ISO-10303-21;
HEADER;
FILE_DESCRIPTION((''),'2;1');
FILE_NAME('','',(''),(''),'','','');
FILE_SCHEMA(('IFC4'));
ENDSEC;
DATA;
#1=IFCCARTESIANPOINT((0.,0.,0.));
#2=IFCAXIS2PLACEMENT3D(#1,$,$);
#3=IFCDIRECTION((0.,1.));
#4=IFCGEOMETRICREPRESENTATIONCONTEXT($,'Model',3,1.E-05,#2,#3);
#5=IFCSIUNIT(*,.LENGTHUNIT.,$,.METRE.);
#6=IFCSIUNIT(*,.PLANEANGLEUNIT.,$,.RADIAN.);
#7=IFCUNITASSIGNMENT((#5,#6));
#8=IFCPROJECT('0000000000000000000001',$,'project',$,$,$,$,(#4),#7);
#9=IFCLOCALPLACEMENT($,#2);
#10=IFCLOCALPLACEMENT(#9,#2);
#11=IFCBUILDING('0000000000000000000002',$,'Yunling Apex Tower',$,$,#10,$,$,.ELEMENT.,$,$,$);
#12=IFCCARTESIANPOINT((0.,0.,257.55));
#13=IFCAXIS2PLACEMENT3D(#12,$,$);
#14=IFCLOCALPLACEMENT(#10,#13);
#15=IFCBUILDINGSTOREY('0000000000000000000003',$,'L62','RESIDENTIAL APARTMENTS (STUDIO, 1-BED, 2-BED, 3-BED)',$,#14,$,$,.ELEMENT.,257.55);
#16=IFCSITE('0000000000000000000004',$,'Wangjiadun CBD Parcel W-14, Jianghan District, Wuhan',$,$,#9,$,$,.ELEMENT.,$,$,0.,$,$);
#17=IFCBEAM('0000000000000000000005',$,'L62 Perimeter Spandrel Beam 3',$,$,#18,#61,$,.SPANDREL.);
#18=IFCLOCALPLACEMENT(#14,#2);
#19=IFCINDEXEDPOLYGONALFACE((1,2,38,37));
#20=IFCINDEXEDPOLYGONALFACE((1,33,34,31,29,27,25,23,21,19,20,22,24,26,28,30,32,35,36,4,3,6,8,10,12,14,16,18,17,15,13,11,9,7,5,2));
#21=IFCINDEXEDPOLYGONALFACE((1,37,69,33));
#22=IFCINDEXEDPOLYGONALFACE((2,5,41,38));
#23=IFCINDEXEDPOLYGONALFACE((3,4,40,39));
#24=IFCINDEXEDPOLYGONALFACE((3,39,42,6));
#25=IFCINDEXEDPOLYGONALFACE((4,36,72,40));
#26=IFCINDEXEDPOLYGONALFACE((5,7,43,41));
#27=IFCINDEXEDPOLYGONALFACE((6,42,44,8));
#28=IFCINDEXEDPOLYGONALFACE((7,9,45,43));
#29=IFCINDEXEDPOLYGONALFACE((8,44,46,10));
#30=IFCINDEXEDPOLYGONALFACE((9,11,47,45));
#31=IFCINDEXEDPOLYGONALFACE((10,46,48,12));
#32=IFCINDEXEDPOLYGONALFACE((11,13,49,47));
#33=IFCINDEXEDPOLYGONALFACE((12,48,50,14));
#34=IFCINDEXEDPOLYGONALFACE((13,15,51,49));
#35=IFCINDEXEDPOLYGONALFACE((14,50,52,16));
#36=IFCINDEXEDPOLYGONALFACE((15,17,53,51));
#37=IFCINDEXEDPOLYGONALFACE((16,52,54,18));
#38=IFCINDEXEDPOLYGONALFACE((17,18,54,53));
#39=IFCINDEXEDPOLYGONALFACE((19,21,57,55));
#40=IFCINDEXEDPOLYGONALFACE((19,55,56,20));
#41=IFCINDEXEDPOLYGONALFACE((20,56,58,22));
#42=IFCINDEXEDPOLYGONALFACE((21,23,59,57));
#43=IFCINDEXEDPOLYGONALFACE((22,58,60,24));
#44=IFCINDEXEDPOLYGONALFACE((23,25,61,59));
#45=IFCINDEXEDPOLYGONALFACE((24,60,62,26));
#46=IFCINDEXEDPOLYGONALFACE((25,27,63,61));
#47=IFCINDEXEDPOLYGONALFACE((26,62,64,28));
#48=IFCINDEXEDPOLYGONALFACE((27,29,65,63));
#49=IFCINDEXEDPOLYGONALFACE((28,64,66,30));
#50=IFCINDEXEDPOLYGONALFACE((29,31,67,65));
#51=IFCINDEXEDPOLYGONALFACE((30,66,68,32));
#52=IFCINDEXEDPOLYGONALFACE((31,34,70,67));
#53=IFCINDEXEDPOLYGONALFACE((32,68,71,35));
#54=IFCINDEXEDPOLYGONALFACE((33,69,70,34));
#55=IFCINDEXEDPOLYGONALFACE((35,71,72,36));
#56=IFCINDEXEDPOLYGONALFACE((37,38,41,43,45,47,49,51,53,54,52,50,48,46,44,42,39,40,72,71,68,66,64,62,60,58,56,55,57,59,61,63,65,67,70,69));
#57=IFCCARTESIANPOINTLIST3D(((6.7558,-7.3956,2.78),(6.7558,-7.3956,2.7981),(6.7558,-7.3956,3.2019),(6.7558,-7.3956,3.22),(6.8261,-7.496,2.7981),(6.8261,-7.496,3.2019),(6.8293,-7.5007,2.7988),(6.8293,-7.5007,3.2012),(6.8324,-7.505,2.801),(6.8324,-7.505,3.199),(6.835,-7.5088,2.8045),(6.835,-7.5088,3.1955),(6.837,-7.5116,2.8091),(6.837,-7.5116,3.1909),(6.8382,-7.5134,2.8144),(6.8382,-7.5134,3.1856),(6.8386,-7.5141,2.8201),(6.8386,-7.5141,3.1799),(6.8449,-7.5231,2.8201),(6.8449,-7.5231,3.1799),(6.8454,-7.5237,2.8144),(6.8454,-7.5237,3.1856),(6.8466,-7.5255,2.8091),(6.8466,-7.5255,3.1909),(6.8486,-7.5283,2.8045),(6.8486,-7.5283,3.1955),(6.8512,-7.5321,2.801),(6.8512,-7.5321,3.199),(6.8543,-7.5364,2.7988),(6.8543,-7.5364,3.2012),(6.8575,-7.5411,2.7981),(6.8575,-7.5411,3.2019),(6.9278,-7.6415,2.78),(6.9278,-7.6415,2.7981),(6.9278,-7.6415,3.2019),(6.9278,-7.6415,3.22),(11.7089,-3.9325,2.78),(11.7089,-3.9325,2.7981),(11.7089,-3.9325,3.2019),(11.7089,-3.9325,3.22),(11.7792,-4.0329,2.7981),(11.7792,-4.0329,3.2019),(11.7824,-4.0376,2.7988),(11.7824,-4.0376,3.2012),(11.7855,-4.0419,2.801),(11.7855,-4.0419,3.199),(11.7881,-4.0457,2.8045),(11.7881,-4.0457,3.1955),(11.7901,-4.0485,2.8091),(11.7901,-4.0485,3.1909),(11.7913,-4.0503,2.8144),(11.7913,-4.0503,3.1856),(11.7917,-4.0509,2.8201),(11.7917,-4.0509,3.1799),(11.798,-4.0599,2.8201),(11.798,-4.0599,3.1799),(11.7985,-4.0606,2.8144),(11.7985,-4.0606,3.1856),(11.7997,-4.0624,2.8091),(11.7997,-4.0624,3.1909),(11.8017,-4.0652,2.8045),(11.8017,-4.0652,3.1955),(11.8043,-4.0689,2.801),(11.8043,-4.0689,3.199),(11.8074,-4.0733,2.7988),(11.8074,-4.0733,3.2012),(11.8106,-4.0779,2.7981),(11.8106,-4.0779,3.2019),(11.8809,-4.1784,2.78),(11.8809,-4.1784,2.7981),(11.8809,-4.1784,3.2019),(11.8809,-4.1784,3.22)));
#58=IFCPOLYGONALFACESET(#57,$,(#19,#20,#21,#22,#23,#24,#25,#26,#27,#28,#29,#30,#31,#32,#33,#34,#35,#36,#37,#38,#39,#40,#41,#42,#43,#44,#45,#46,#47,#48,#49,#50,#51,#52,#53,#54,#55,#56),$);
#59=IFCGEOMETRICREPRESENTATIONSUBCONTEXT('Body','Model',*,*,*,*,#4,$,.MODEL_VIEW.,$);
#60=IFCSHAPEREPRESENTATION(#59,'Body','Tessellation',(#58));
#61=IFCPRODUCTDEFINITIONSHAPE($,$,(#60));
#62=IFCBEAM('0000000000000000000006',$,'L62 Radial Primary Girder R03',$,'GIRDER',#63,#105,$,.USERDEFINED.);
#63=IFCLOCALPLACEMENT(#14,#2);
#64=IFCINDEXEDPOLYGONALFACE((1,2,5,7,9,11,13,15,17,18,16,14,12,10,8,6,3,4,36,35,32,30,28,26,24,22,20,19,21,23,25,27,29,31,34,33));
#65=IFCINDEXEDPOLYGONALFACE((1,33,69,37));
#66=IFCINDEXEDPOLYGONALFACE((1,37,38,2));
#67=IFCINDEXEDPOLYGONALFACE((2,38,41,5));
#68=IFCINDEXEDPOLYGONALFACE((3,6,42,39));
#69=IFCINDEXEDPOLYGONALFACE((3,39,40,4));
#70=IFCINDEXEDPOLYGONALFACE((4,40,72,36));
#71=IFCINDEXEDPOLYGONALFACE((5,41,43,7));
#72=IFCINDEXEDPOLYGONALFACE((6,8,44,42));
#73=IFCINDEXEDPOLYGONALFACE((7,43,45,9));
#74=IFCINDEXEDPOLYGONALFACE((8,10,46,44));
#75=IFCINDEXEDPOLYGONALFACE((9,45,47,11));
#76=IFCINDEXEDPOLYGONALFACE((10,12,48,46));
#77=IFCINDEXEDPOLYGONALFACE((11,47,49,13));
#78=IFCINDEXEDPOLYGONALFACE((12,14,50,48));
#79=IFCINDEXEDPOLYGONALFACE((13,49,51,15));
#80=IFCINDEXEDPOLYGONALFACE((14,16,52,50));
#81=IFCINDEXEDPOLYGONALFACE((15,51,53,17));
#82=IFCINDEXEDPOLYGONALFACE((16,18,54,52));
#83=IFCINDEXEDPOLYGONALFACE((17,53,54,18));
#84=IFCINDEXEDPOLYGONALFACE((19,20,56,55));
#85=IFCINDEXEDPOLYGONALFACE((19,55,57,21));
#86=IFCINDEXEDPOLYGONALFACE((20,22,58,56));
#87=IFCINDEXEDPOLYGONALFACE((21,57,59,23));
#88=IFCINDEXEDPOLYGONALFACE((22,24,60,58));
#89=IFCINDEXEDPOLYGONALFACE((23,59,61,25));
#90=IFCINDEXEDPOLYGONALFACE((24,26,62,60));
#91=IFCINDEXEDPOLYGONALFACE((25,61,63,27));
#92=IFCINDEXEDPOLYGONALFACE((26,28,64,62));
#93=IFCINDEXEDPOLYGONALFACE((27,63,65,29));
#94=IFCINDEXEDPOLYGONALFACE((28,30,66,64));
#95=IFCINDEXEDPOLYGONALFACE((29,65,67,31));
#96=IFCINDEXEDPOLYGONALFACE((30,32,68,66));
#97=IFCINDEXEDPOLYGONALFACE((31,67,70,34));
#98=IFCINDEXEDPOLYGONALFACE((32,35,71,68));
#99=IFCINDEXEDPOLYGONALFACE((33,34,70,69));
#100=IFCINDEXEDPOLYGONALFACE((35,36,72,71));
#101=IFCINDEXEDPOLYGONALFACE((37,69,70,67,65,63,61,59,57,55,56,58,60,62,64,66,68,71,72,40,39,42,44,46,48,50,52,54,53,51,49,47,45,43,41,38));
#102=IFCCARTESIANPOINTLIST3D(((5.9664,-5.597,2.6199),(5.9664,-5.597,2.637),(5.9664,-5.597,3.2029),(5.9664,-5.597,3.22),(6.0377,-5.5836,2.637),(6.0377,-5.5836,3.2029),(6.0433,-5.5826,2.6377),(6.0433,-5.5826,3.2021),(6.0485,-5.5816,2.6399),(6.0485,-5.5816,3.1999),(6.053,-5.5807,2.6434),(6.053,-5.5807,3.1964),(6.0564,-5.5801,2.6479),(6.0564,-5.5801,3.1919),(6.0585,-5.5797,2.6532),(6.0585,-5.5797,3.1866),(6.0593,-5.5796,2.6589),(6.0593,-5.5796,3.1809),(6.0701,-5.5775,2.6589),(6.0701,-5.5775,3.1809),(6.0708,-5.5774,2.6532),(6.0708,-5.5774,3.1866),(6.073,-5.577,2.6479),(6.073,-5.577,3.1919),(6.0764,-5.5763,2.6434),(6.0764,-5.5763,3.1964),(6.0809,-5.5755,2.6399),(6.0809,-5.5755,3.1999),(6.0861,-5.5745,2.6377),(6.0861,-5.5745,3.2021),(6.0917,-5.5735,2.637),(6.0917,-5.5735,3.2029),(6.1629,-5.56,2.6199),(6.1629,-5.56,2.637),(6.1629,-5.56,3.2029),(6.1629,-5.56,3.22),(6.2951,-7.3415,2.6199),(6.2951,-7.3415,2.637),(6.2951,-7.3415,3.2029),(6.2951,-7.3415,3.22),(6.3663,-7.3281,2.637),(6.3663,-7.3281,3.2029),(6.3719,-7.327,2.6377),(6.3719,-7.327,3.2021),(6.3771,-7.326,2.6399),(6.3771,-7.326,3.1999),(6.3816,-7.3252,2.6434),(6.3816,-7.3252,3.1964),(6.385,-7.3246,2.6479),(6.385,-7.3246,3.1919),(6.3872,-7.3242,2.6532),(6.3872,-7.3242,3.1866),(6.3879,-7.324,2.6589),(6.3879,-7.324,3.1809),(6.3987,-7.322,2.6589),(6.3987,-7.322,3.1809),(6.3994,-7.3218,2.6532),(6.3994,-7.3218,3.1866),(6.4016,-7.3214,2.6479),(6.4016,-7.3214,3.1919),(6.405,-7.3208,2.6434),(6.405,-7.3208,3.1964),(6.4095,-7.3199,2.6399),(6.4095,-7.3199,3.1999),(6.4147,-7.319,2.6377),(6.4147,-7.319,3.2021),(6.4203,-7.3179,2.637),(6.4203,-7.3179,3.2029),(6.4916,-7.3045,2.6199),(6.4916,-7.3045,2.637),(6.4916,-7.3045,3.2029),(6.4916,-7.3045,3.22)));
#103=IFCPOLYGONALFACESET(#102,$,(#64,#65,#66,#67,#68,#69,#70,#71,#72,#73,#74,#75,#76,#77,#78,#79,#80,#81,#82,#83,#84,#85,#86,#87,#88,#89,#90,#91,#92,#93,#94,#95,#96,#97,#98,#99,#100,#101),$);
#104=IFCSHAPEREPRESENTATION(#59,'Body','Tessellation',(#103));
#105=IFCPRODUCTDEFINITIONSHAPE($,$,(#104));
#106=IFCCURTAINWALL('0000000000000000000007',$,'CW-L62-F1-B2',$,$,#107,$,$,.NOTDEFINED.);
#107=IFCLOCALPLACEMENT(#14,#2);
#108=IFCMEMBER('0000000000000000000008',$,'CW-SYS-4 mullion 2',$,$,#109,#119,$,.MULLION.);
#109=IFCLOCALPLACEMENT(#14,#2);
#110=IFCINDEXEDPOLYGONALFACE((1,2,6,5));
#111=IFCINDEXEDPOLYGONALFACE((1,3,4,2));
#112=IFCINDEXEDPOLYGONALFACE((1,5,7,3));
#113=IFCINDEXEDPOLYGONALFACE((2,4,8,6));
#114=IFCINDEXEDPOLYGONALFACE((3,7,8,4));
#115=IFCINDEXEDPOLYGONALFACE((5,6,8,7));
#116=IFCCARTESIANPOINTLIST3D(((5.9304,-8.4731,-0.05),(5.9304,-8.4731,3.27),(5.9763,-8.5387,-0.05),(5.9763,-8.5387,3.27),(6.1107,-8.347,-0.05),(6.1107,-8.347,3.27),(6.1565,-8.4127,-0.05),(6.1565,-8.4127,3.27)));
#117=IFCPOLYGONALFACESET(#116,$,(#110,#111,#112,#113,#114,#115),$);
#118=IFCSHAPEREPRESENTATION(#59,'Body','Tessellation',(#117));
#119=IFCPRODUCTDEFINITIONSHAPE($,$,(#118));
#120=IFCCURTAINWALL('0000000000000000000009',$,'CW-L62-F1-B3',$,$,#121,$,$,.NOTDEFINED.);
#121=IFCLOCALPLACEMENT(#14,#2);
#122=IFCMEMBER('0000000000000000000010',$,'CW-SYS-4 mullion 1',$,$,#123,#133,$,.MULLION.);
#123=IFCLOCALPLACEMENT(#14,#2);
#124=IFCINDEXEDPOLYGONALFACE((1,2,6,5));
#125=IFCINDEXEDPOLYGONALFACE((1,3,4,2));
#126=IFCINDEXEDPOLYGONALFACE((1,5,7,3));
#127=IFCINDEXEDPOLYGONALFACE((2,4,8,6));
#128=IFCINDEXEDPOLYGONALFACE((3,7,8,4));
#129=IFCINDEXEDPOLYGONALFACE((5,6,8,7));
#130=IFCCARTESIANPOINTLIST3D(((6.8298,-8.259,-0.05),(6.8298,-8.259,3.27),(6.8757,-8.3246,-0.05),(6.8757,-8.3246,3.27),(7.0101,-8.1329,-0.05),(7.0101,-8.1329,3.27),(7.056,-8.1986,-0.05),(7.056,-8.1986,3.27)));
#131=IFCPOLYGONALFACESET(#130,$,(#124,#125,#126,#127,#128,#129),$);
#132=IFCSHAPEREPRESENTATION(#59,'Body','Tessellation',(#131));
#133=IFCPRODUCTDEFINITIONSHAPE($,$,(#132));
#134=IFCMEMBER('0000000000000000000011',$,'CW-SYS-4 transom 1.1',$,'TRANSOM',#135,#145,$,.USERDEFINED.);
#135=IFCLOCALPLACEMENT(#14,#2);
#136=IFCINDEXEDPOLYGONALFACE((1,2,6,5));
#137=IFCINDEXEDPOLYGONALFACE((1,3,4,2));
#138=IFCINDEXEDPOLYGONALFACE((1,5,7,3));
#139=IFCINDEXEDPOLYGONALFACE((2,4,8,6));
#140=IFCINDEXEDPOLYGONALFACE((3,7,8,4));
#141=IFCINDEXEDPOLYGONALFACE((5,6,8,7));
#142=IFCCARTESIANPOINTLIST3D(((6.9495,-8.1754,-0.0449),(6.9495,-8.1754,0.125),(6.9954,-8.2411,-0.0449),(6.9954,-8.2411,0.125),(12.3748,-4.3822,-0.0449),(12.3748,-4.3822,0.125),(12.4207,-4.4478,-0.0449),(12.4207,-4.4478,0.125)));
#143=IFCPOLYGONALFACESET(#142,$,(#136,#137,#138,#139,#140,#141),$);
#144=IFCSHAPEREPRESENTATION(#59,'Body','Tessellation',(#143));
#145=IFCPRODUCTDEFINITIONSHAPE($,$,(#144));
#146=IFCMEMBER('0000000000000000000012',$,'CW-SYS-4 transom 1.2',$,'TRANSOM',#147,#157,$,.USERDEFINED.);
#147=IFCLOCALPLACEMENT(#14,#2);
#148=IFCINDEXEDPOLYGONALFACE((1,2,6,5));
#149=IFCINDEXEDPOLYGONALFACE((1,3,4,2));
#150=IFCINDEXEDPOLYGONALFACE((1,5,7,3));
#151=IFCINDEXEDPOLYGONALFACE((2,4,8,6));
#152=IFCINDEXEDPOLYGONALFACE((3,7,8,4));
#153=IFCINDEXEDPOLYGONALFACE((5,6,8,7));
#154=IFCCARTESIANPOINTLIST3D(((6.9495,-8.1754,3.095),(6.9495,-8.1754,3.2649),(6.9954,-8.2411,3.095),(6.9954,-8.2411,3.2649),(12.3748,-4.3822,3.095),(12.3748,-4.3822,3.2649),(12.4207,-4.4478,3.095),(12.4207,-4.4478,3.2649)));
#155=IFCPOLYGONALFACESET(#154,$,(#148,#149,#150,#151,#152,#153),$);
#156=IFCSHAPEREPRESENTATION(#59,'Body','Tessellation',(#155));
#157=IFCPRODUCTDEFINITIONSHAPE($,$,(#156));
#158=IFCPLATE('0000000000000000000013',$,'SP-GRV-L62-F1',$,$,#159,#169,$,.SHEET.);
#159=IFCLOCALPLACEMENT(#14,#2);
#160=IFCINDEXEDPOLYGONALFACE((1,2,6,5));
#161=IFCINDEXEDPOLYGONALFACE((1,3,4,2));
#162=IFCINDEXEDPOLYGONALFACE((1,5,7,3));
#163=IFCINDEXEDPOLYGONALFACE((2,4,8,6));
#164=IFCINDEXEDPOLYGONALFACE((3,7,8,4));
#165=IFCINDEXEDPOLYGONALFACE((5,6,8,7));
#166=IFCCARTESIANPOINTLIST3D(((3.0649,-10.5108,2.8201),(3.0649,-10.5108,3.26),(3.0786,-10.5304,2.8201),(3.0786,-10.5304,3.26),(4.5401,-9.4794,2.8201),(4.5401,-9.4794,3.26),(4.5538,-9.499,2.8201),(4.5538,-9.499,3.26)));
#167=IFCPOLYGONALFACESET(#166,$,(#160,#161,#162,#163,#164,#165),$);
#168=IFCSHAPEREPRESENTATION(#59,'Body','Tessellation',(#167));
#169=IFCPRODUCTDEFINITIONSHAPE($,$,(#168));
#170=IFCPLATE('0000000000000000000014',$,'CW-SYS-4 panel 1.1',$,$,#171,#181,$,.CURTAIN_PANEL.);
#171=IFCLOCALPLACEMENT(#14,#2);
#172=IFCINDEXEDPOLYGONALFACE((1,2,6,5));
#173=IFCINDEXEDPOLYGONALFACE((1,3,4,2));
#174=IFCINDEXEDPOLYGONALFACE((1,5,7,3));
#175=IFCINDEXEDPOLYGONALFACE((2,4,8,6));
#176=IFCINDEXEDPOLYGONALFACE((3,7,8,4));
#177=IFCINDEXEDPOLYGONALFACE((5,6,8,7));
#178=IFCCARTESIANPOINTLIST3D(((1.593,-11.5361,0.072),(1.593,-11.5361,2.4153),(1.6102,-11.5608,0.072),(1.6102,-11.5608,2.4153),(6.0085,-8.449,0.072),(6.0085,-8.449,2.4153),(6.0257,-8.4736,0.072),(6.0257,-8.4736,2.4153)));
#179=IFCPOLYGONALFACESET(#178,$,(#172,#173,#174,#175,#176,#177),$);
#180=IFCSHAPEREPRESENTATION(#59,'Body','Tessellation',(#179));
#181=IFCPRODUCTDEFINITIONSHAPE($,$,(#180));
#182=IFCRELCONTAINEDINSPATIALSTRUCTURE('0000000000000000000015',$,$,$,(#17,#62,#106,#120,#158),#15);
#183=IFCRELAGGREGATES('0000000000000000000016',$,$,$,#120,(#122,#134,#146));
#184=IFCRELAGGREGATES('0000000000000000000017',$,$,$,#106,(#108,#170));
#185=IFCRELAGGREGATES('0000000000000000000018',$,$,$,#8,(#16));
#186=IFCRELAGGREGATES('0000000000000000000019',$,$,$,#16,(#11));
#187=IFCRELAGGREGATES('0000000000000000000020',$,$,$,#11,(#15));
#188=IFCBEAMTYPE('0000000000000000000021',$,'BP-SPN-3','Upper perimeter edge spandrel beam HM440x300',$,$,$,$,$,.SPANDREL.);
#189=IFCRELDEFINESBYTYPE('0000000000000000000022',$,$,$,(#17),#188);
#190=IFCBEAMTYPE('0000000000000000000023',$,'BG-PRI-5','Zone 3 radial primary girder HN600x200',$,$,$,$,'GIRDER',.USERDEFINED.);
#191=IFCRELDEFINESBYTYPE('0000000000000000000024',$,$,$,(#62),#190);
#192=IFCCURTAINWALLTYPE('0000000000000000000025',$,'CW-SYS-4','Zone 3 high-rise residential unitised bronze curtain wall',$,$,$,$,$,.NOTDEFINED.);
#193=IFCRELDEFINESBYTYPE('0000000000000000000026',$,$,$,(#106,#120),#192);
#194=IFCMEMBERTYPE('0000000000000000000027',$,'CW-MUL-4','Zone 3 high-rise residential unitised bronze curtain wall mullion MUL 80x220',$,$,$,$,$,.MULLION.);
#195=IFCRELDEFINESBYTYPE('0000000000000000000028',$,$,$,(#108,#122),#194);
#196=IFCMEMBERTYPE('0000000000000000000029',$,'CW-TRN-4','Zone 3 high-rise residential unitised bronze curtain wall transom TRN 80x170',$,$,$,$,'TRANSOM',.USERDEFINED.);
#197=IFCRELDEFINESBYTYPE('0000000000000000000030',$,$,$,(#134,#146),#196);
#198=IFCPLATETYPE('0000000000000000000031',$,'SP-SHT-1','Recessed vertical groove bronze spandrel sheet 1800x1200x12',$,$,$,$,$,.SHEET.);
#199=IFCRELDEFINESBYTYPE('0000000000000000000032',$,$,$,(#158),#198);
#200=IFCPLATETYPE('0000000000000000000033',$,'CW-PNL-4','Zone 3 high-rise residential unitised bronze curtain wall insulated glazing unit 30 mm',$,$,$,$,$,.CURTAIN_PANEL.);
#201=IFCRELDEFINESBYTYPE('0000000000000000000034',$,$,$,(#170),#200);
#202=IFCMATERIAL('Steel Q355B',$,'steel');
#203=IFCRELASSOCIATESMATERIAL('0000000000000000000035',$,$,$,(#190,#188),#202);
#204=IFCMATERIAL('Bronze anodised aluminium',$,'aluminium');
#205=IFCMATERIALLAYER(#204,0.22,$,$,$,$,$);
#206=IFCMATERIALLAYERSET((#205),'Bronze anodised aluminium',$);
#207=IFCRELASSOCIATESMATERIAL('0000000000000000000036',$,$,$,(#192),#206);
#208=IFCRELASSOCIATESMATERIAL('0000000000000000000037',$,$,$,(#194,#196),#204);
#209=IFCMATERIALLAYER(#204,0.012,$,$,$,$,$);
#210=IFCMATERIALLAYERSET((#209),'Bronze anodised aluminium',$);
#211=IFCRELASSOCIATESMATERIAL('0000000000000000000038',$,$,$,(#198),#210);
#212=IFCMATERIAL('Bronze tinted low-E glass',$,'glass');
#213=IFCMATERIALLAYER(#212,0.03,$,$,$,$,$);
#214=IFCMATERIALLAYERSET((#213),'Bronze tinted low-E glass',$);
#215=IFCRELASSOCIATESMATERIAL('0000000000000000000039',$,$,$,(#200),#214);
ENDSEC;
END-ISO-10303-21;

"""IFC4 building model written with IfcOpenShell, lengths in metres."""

from ifc_helpers import new_model, si_unit, direction, frame, origin, origin_2d, place, context, subcontext, project, spatial, rectangle, i_section, extrude, source, transform, mapped, material, layer, layer_set, material_profile, profile_set, type_object, element, aggregate, save


model = new_model("IFC4")

# Units and contexts
model_context = context("Model", 3, precision=1e-05, world=origin(), true_north=direction((0.0, 1.0)))
body_context = subcontext(model_context, "Body", "Model", "MODEL_VIEW")
ifc_project = project(units=[si_unit("LENGTHUNIT", "METRE"), si_unit("PLANEANGLEUNIT", "RADIAN")], contexts=[model_context])

# Site, building, storey
site_placement = place(None, origin())
site = spatial("IfcSite", under=ifc_project, at=site_placement, Name="Wangjiadun CBD Parcel W-14, Jianghan District, Wuhan", CompositionType="ELEMENT", RefElevation=0.0)
building_placement = place(site_placement, origin())
building = spatial("IfcBuilding", under=site, at=building_placement, Name="Yunling Apex Tower", CompositionType="ELEMENT")
storey_placement = place(building_placement, frame((0.0, 0.0, 257.55)))
storey = spatial("IfcBuildingStorey", under=building, at=storey_placement, Name="L62", Description="RESIDENTIAL APARTMENTS (STUDIO, 1-BED, 2-BED, 3-BED)", CompositionType="ELEMENT", Elevation=257.55)

# Shared definitions
ifc_material_1 = material(Name="Steel Q355B", Category="steel")

# Beams
ifc_material_profile_1 = material_profile(ifc_material_1, i_section(OverallWidth=0.2, OverallDepth=0.6001, WebThickness=0.011, FlangeThickness=0.0171, FilletRadius=0.022, at=origin_2d()))
ifc_profile_set_1 = profile_set([ifc_material_profile_1], Name="Steel Q355B")
beam_type_1 = type_object("IfcBeamType", Name="BG-PRI-5", Description="Zone 3 radial primary girder HN600x200", ElementType="GIRDER", PredefinedType="USERDEFINED", material=ifc_profile_set_1)
ifc_material_profile_2 = material_profile(ifc_material_1, i_section(OverallWidth=0.3, OverallDepth=0.4399, WebThickness=0.011, FlangeThickness=0.0181, FilletRadius=0.022, at=origin_2d()))
ifc_profile_set_2 = profile_set([ifc_material_profile_2], Name="Steel Q355B")
beam_type_2 = type_object("IfcBeamType", Name="BP-SPN-3", Description="Upper perimeter edge spandrel beam HM440x300", PredefinedType="SPANDREL", material=ifc_profile_set_2)
shared_shape_1 = source(origin(), body_context, "Body", "SweptSolid", [
    extrude(i_section(OverallWidth=0.3, OverallDepth=0.4399, WebThickness=0.011, FlangeThickness=0.0181, FilletRadius=0.022, at=origin_2d()), origin(), (0.0, 0.0, 1.0), 6.0437),
])
beam_1_placement = place(storey_placement, frame((6.8418, -7.5186, 3.0), z_axis=(0.819547, 0.573012, 0.0), x_axis=(-0.573012, 0.819547, 0.0)))
element("IfcBeam", 1, at=beam_1_placement, inside=storey, type_object=beam_type_2, Name="L62 Perimeter Spandrel Beam 3", PredefinedType="SPANDREL", context=body_context, shape_type="MappedRepresentation", body=[
    mapped(shared_shape_1, transform((0.0, 0.0, 0.0), scale=1.0)),
])
shared_shape_2 = source(origin(), body_context, "Body", "SweptSolid", [
    extrude(i_section(OverallWidth=0.2, OverallDepth=0.6001, WebThickness=0.011, FlangeThickness=0.0171, FilletRadius=0.022, at=origin_2d()), origin(), (0.0, 0.0, 1.0), 1.7751),
])
beam_2_placement = place(storey_placement, frame((6.3933, -7.323, 2.9199), z_axis=(-0.185127, 0.982715, 0.0), x_axis=(-0.982715, -0.185127, 0.0)))
element("IfcBeam", 2, at=beam_2_placement, inside=storey, type_object=beam_type_1, Name="L62 Radial Primary Girder R03", ObjectType="GIRDER", PredefinedType="USERDEFINED", context=body_context, shape_type="MappedRepresentation", body=[
    mapped(shared_shape_2, transform((0.0, 0.0, 0.0), scale=1.0)),
])

# Curtain wall, member
ifc_material_2 = material(Name="Bronze anodised aluminium", Category="aluminium")
ifc_layer_1 = layer(ifc_material_2, 0.22)
ifc_layer_set_1 = layer_set([ifc_layer_1], Name="Bronze anodised aluminium")
curtain_wall_type = type_object("IfcCurtainWallType", Name="CW-SYS-4", Description="Zone 3 high-rise residential unitised bronze curtain wall", PredefinedType="NOTDEFINED", material=ifc_layer_set_1)
curtain_wall_1_placement = place(storey_placement, origin())
curtain_wall_1 = element("IfcCurtainWall", 3, at=curtain_wall_1_placement, inside=storey, type_object=curtain_wall_type, Name="CW-L62-F1-B2", PredefinedType="NOTDEFINED")
ifc_material_profile_3 = material_profile(ifc_material_2, rectangle(XDim=0.0801, YDim=0.22, at=origin_2d()))
ifc_profile_set_3 = profile_set([ifc_material_profile_3], Name="Bronze anodised aluminium")
member_type_1 = type_object("IfcMemberType", Name="CW-MUL-4", Description="Zone 3 high-rise residential unitised bronze curtain wall mullion MUL 80x220", PredefinedType="MULLION", material=ifc_profile_set_3)
shared_shape_3 = source(origin(), body_context, "Body", "SweptSolid", [
    extrude(rectangle(XDim=0.0801, YDim=0.22, at=origin_2d()), origin(), (0.0, 0.0, 1.0), 3.3201),
])
member_1_placement = place(storey_placement, frame((6.0435, -8.4429, -0.05), z_axis=(0.0, 0.0, 1.0), x_axis=(-0.572999, 0.819556, 0.0)))
member_1 = element("IfcMember", 4, at=member_1_placement, type_object=member_type_1, Name="CW-SYS-4 mullion 2", PredefinedType="MULLION", context=body_context, shape_type="MappedRepresentation", body=[
    mapped(shared_shape_3, transform((0.0, 0.0, 0.0), scale=1.0)),
])

# Curtain wall, members
curtain_wall_2_placement = place(storey_placement, origin())
curtain_wall_2 = element("IfcCurtainWall", 5, at=curtain_wall_2_placement, inside=storey, type_object=curtain_wall_type, Name="CW-L62-F1-B3", PredefinedType="NOTDEFINED")
member_2_placement = place(storey_placement, frame((6.9429, -8.2288, -0.05), z_axis=(0.0, 0.0, 1.0), x_axis=(-0.57301, 0.819548, 0.0)))
member_2 = element("IfcMember", 6, at=member_2_placement, type_object=member_type_1, Name="CW-SYS-4 mullion 1", PredefinedType="MULLION", context=body_context, shape_type="MappedRepresentation", body=[
    mapped(shared_shape_3, transform((0.0, 0.0, 0.0), scale=1.0)),
])
ifc_material_profile_4 = material_profile(ifc_material_2, rectangle(XDim=0.0801, YDim=0.1699, at=origin_2d()))
ifc_profile_set_4 = profile_set([ifc_material_profile_4], Name="Bronze anodised aluminium")
member_type_2 = type_object("IfcMemberType", Name="CW-TRN-4", Description="Zone 3 high-rise residential unitised bronze curtain wall transom TRN 80x170", ElementType="TRANSOM", PredefinedType="USERDEFINED", material=ifc_profile_set_4)
shared_shape_4 = source(origin(), body_context, "Body", "SweptSolid", [
    extrude(rectangle(XDim=0.0801, YDim=0.1699, at=origin_2d()), origin(), (0.0, 0.0, 1.0), 6.6199),
])
member_3_placement = place(storey_placement, frame((6.9724, -8.2083, 0.04), z_axis=(0.819551, 0.573007, 0.0), x_axis=(-0.573007, 0.819551, 0.0)))
member_3 = element("IfcMember", 7, at=member_3_placement, type_object=member_type_2, Name="CW-SYS-4 transom 1.1", ObjectType="TRANSOM", PredefinedType="USERDEFINED", context=body_context, shape_type="MappedRepresentation", body=[
    mapped(shared_shape_4, transform((0.0, 0.0, 0.0), scale=1.0)),
])
member_4_placement = place(storey_placement, frame((6.9724, -8.2083, 3.1799), z_axis=(0.819551, 0.573007, 0.0), x_axis=(-0.573007, 0.819551, 0.0)))
member_4 = element("IfcMember", 8, at=member_4_placement, type_object=member_type_2, Name="CW-SYS-4 transom 1.2", ObjectType="TRANSOM", PredefinedType="USERDEFINED", context=body_context, shape_type="MappedRepresentation", body=[
    mapped(shared_shape_4, transform((0.0, 0.0, 0.0), scale=1.0)),
])
aggregate(curtain_wall_2, [member_2, member_3, member_4])

# Plates
ifc_layer_2 = layer(ifc_material_2, 0.012)
ifc_layer_set_2 = layer_set([ifc_layer_2], Name="Bronze anodised aluminium")
plate_type_1 = type_object("IfcPlateType", Name="SP-SHT-1", Description="Recessed vertical groove bronze spandrel sheet 1800x1200x12", PredefinedType="SHEET", material=ifc_layer_set_2)
shared_shape_5 = source(origin(), body_context, "Body", "SweptSolid", [
    extrude(rectangle(XDim=1.8, YDim=0.0239, at=origin_2d()), origin(), (0.0, 0.0, 1.0), 0.4399),
])
plate_1_placement = place(storey_placement, frame((3.8093, -10.0049, 2.8201), z_axis=(0.0, 0.0, 1.0), x_axis=(0.819552, 0.573004, 0.0)))
element("IfcPlate", 9, at=plate_1_placement, inside=storey, type_object=plate_type_1, Name="SP-GRV-L62-F1", PredefinedType="SHEET", context=body_context, shape_type="MappedRepresentation", body=[
    mapped(shared_shape_5, transform((0.0, 0.0, 0.0), scale=1.0)),
])
ifc_material_3 = material(Name="Bronze tinted low-E glass", Category="glass")
ifc_layer_3 = layer(ifc_material_3, 0.03)
ifc_layer_set_3 = layer_set([ifc_layer_3], Name="Bronze tinted low-E glass")
plate_type_2 = type_object("IfcPlateType", Name="CW-PNL-4", Description="Zone 3 high-rise residential unitised bronze curtain wall insulated glazing unit 30 mm", PredefinedType="CURTAIN_PANEL", material=ifc_layer_set_3)
shared_shape_6 = source(origin(), body_context, "Body", "SweptSolid", [
    extrude(rectangle(XDim=5.3877, YDim=0.03, at=origin_2d()), origin(), (0.0, 0.0, 1.0), 2.3433),
])
plate_2_placement = place(storey_placement, frame((3.8093, -10.0049, 0.072), z_axis=(0.0, 0.0, 1.0), x_axis=(0.819556, 0.572999, 0.0)))
plate_2 = element("IfcPlate", 10, at=plate_2_placement, type_object=plate_type_2, Name="CW-SYS-4 panel 1.1", PredefinedType="CURTAIN_PANEL", context=body_context, shape_type="MappedRepresentation", body=[
    mapped(shared_shape_6, transform((0.0, 0.0, 0.0), scale=1.0)),
])
aggregate(curtain_wall_1, [member_1, plate_2])

save(model, "model.ifc")
